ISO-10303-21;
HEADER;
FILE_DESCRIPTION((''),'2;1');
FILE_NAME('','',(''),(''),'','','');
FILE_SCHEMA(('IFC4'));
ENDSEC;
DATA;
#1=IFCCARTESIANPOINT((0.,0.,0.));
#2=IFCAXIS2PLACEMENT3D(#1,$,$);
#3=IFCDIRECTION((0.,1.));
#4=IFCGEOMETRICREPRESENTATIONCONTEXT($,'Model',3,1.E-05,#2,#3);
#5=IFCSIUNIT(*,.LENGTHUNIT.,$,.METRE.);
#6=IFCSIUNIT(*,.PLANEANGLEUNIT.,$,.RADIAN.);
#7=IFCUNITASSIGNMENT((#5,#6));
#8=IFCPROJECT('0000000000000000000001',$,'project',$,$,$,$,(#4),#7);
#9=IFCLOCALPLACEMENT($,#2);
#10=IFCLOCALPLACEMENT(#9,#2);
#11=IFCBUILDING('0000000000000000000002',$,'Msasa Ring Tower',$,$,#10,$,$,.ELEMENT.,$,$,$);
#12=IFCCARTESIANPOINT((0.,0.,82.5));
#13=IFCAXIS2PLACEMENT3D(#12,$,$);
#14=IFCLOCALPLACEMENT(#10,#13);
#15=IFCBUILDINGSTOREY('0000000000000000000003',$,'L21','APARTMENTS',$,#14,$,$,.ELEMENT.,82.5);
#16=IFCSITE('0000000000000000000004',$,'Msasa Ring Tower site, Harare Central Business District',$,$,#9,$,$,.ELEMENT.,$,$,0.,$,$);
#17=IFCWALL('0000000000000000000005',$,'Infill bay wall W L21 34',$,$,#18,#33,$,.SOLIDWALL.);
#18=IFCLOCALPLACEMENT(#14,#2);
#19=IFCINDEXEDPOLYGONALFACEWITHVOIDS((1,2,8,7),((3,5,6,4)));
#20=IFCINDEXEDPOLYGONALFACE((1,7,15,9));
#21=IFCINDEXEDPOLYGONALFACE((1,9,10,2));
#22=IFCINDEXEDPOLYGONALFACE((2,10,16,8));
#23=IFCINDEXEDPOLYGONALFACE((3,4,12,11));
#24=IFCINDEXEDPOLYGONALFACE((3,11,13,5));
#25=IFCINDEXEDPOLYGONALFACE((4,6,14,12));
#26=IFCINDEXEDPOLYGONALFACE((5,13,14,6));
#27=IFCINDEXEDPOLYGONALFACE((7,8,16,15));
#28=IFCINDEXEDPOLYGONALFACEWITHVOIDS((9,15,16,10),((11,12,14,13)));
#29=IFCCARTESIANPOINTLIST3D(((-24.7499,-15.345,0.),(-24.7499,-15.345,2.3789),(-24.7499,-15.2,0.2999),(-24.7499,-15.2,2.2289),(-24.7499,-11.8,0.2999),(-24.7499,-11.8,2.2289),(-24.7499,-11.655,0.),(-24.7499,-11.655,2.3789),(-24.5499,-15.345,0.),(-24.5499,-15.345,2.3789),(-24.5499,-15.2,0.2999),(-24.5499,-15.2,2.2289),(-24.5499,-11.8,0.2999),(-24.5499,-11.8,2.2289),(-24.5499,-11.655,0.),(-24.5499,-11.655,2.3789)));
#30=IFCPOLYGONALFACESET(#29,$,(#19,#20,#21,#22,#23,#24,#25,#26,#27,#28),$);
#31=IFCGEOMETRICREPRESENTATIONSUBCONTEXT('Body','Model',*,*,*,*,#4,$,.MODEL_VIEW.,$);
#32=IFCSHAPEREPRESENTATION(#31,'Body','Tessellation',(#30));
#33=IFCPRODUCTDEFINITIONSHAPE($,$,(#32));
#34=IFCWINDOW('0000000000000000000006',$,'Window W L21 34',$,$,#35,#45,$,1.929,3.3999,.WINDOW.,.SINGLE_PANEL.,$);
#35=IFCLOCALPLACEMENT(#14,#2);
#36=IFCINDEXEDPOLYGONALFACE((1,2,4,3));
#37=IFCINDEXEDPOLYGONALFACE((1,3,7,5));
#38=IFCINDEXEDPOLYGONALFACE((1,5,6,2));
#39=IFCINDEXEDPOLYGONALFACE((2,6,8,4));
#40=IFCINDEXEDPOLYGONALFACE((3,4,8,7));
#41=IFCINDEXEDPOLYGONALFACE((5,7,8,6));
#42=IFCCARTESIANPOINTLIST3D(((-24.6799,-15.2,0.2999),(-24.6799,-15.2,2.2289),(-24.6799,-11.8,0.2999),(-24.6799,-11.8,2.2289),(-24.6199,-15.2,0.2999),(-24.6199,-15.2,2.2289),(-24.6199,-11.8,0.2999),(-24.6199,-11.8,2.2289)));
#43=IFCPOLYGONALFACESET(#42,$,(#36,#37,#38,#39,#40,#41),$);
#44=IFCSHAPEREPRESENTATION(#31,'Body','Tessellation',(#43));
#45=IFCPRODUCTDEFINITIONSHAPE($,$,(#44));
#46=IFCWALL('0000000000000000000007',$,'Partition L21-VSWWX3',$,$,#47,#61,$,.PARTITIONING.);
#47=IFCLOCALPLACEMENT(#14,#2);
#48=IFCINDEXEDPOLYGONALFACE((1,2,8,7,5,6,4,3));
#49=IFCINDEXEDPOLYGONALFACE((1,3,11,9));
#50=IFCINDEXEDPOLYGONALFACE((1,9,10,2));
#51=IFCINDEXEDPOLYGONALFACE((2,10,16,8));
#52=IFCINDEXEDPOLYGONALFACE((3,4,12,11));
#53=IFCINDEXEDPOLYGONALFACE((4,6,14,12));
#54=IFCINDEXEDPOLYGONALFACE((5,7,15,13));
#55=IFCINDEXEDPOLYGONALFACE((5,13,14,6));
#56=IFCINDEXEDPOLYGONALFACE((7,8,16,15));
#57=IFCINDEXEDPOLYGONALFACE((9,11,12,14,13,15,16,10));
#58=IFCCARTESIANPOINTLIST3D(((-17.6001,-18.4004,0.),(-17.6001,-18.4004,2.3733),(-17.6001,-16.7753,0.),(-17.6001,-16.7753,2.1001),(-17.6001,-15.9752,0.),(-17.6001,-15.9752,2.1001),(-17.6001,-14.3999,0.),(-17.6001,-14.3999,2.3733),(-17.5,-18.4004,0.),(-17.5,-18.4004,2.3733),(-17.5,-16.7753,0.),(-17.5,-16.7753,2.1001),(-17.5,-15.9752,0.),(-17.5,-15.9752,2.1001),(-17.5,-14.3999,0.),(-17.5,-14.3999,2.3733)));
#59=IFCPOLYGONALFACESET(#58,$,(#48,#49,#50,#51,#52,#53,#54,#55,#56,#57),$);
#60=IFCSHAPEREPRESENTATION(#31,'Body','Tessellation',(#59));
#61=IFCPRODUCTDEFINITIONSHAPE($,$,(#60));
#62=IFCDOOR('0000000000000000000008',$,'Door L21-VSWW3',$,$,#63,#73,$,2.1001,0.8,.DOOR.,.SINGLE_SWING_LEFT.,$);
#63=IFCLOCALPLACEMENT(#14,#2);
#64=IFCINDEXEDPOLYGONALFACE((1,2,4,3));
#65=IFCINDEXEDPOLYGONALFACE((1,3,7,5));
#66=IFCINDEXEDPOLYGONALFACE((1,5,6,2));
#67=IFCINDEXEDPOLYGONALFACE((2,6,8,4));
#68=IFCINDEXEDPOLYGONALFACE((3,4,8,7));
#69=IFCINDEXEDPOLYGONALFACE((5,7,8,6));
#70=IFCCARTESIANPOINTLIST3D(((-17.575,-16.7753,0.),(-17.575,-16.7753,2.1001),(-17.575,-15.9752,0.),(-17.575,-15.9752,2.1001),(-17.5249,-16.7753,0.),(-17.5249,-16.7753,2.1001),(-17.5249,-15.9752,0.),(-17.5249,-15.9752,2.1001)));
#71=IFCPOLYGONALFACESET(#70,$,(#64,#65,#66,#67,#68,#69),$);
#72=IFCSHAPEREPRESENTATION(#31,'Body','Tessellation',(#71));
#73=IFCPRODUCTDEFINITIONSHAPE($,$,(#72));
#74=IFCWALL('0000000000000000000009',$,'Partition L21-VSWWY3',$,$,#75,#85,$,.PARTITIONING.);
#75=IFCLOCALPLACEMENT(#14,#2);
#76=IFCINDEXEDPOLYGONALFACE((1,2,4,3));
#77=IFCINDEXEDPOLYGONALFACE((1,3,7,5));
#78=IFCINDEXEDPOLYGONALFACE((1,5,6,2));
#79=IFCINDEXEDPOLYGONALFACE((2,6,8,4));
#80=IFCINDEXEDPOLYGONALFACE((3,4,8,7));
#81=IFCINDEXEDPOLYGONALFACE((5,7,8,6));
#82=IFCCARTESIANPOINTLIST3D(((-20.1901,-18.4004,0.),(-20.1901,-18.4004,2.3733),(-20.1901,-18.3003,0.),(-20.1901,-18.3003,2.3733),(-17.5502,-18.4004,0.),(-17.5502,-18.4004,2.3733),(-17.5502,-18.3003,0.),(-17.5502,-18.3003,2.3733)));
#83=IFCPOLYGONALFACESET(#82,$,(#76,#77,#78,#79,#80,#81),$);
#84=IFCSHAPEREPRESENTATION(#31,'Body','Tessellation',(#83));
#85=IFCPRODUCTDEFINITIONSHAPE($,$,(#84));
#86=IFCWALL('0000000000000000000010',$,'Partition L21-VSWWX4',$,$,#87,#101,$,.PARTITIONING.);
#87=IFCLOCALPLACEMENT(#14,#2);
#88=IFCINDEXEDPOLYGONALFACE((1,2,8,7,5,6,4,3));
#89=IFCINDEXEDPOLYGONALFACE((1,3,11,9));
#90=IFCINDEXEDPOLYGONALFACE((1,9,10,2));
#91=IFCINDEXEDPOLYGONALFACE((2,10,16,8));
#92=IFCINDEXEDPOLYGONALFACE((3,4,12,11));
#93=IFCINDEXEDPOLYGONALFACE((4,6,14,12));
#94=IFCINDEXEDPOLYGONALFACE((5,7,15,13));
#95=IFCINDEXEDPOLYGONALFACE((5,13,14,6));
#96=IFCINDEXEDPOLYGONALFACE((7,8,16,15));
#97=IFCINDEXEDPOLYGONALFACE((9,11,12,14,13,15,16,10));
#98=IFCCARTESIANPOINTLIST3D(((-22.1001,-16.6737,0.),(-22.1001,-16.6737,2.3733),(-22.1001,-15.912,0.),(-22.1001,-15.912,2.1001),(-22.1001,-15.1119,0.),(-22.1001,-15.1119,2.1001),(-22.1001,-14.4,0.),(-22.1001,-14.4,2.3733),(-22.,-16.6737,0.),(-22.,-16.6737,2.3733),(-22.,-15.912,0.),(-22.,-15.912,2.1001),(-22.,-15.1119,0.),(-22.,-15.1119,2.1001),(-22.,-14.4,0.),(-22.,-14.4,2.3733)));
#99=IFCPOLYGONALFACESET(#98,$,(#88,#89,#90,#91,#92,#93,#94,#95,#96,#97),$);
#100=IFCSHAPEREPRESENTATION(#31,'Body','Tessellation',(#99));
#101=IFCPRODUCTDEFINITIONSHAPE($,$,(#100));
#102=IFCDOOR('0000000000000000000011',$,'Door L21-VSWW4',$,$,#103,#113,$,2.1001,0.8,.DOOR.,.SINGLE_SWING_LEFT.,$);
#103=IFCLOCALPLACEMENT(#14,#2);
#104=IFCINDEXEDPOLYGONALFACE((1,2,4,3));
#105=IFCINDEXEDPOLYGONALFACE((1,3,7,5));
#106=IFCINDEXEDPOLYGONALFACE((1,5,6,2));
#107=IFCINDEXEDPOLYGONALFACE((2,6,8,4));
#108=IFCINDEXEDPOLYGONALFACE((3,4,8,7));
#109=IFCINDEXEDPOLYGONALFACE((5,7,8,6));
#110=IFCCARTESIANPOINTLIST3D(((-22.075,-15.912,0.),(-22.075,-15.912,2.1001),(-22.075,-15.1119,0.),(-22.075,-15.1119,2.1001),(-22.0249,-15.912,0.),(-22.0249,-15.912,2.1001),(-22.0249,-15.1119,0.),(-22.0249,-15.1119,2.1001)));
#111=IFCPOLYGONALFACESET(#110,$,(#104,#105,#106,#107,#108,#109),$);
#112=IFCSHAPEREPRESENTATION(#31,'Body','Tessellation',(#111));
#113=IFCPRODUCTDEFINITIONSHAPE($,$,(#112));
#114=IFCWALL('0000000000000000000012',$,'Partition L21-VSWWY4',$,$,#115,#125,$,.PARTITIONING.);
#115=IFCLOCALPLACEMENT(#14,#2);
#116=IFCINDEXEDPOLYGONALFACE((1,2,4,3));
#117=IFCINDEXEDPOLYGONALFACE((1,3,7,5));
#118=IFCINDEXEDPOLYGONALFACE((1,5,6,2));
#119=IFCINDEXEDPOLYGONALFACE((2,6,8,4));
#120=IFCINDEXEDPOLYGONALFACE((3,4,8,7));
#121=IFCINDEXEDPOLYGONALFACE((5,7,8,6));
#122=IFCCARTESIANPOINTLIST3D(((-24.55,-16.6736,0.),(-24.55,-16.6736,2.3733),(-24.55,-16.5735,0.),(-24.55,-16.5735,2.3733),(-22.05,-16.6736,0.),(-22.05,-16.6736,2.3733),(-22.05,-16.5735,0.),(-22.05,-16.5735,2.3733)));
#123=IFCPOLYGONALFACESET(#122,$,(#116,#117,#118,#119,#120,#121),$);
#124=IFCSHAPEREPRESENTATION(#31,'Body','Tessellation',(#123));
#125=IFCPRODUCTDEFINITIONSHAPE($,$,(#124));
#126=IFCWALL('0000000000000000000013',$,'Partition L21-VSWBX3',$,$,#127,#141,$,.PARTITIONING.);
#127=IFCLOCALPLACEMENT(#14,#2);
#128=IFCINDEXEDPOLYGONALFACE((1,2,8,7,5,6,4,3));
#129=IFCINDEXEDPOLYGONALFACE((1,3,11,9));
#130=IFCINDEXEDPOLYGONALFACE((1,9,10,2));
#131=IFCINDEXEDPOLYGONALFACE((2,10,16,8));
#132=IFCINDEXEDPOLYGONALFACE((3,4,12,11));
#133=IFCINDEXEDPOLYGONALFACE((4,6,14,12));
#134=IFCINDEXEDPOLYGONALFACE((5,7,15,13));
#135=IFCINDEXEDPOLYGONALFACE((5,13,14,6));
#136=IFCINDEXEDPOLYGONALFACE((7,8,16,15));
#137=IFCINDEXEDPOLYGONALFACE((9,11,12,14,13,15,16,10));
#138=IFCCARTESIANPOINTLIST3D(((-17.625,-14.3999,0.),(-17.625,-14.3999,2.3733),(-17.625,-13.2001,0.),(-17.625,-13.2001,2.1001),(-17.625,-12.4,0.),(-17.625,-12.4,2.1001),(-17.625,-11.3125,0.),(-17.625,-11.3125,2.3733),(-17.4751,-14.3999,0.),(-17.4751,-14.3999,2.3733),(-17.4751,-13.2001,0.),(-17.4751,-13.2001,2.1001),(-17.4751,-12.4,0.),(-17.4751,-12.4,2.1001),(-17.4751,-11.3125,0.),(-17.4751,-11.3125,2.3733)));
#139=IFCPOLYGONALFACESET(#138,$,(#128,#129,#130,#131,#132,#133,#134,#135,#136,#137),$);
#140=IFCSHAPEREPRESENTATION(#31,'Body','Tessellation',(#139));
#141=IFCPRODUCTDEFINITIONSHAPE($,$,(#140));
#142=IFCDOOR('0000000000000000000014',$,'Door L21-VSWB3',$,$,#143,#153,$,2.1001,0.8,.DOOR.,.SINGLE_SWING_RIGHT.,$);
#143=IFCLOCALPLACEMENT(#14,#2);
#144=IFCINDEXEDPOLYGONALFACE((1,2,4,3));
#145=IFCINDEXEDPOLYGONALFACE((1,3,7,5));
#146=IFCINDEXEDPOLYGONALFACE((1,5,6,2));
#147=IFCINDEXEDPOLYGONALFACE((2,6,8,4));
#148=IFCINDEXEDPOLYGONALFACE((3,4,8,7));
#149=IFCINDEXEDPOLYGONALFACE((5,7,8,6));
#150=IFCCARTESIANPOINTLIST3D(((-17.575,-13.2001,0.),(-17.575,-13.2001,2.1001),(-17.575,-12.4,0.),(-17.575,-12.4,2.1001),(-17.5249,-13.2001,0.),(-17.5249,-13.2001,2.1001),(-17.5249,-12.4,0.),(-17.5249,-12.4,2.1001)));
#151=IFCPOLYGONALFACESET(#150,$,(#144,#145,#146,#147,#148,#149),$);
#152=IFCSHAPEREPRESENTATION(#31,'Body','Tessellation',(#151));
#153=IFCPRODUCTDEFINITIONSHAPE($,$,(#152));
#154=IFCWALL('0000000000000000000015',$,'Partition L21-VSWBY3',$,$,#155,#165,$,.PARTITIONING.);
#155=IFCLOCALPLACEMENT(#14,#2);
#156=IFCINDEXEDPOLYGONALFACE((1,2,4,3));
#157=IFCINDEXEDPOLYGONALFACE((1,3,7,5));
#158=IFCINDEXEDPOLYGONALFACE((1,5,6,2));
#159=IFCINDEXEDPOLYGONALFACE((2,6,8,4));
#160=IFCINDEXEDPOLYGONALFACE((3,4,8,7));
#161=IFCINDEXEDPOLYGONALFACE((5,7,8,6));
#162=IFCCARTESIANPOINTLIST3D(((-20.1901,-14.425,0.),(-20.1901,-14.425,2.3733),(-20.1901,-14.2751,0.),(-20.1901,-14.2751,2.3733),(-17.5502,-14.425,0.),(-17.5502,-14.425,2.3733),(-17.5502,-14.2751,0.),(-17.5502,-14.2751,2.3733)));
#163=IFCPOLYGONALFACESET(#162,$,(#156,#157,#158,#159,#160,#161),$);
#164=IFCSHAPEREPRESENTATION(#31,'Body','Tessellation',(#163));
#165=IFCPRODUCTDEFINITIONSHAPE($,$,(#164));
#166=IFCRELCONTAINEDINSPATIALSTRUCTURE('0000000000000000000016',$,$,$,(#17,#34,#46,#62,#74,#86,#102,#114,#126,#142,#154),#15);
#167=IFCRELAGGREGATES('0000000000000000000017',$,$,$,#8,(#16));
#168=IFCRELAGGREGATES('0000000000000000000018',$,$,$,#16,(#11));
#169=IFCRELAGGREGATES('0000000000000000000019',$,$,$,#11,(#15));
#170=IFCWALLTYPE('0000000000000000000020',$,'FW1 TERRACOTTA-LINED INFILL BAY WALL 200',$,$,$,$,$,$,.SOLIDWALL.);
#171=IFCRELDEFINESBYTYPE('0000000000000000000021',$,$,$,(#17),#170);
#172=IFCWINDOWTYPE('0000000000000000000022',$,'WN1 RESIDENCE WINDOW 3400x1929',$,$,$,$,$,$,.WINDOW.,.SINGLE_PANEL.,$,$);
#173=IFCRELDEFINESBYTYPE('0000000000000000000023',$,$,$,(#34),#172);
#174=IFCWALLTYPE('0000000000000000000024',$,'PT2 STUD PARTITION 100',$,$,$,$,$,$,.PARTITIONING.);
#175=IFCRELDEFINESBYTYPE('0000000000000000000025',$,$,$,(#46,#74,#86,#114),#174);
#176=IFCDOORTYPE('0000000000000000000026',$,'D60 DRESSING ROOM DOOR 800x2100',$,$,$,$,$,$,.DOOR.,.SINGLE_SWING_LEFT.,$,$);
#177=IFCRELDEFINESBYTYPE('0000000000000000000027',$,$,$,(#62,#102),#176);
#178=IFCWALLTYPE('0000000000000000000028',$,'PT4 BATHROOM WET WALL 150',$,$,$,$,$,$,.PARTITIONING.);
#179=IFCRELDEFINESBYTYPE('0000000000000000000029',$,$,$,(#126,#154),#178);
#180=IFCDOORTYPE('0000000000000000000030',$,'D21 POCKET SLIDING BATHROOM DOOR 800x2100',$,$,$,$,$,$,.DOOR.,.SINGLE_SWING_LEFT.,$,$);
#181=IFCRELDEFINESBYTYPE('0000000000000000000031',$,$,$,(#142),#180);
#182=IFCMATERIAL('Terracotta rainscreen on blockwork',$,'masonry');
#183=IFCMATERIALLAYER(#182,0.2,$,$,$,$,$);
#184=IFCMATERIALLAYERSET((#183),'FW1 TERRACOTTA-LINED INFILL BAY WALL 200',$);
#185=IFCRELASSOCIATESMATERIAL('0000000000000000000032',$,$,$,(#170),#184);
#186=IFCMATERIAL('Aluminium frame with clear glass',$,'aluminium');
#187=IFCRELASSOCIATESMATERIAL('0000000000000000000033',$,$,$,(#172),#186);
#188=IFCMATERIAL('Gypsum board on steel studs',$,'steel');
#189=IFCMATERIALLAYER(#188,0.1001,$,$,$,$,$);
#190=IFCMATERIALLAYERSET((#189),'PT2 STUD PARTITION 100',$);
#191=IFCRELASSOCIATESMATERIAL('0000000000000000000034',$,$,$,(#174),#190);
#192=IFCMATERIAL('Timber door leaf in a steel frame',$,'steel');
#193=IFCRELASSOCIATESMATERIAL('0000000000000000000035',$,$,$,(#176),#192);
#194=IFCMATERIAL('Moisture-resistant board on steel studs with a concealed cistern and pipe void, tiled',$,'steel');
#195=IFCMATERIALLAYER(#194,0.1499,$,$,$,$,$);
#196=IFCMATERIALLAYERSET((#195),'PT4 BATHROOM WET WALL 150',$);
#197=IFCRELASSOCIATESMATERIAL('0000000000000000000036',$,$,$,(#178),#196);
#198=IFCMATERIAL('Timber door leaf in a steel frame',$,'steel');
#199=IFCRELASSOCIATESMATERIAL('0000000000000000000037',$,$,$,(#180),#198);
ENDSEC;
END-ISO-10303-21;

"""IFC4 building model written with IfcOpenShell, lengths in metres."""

from ifc_helpers import new_model, si_unit, direction, frame, frame_2d, origin, place, context, subcontext, project, spatial, rectangle, extrude, material, layer, layer_set, type_object, element, fill, save


model = new_model("IFC4")

# Units and contexts
model_context = context("Model", 3, precision=1e-05, world=origin(), true_north=direction((0.0, 1.0)))
body_context = subcontext(model_context, "Body", "Model", "MODEL_VIEW")
ifc_project = project(units=[si_unit("LENGTHUNIT", "METRE"), si_unit("PLANEANGLEUNIT", "RADIAN")], contexts=[model_context])

# Site, building, storey
site_placement = place(None, origin())
site = spatial("IfcSite", under=ifc_project, at=site_placement, Name="Msasa Ring Tower site, Harare Central Business District", CompositionType="ELEMENT", RefElevation=0.0)
building_placement = place(site_placement, origin())
building = spatial("IfcBuilding", under=site, at=building_placement, Name="Msasa Ring Tower", CompositionType="ELEMENT")
storey_placement = place(building_placement, frame((0.0, 0.0, 82.5)))
storey = spatial("IfcBuildingStorey", under=building, at=storey_placement, Name="L21", Description="APARTMENTS", CompositionType="ELEMENT", Elevation=82.5)

# Wall, opening, window
ifc_material_1 = material(Name="Terracotta rainscreen on blockwork", Category="masonry")
ifc_layer_1 = layer(ifc_material_1, 0.2)
ifc_layer_set_1 = layer_set([ifc_layer_1], Name="FW1 TERRACOTTA-LINED INFILL BAY WALL 200")
wall_type_1 = type_object("IfcWallType", Name="FW1 TERRACOTTA-LINED INFILL BAY WALL 200", PredefinedType="SOLIDWALL", material=ifc_layer_set_1)
ifc_material_2 = material(Name="Aluminium frame with clear glass", Category="aluminium")
window_type = type_object("IfcWindowType", Name="WN1 RESIDENCE WINDOW 3400x1929", PartitioningType="SINGLE_PANEL", PredefinedType="WINDOW", material=ifc_material_2)
wall_1_placement = place(storey_placement, frame((-24.6499, -15.345, 0.0), z_axis=(0.0, 0.0, 1.0), x_axis=(0.0, 1.0, 0.0)))
wall_1 = element("IfcWall", 1, at=wall_1_placement, inside=storey, type_object=wall_type_1, Name="Infill bay wall W L21 34", PredefinedType="SOLIDWALL", context=body_context, shape_type="SweptSolid", body=[
    extrude(rectangle(XDim=3.6899, YDim=0.2, at=frame_2d((1.845, 0.0))), origin(), (0.0, 0.0, 1.0), 2.3789),
])
opening_1_placement = place(wall_1_placement, frame((0.145, 0.0, 0.3)))
opening_1 = element("IfcOpeningElement", 2, at=opening_1_placement, cuts=wall_1, PredefinedType="OPENING", context=body_context, shape_type="SweptSolid", body=[
    extrude(rectangle(XDim=3.3999, YDim=1.929, at=frame_2d((1.7, 0.9644))), frame((0.0, 0.1099, 0.0), z_axis=(0.0, -1.0, 0.0), x_axis=(1.0, 0.0, 0.0)), (0.0, 0.0, 1.0), 0.22),
])
window_1_placement = place(opening_1_placement, origin())
window_1 = element("IfcWindow", 3, at=window_1_placement, inside=storey, type_object=window_type, Name="Window W L21 34", OverallHeight=1.929, OverallWidth=3.3999, PartitioningType="SINGLE_PANEL", PredefinedType="WINDOW", context=body_context, shape_type="SweptSolid", body=[
    extrude(rectangle(XDim=3.3999, YDim=1.929, at=frame_2d((1.7, 0.9644))), frame((0.0, 0.03, 0.0), z_axis=(0.0, -1.0, 0.0), x_axis=(1.0, 0.0, 0.0)), (0.0, 0.0, 1.0), 0.0601),
])
fill(opening_1, window_1)

# Wall, opening, door
ifc_material_3 = material(Name="Gypsum board on steel studs", Category="steel")
ifc_layer_2 = layer(ifc_material_3, 0.1001)
ifc_layer_set_2 = layer_set([ifc_layer_2], Name="PT2 STUD PARTITION 100")
wall_type_2 = type_object("IfcWallType", Name="PT2 STUD PARTITION 100", PredefinedType="PARTITIONING", material=ifc_layer_set_2)
wall_2_placement = place(storey_placement, frame((-17.55, -18.4004, 0.0), z_axis=(0.0, 0.0, 1.0), x_axis=(0.0, 1.0, 0.0)))
wall_2 = element("IfcWall", 4, at=wall_2_placement, inside=storey, type_object=wall_type_2, Name="Partition L21-VSWWX3", PredefinedType="PARTITIONING", context=body_context, shape_type="SweptSolid", body=[
    extrude(rectangle(XDim=4.0005, YDim=0.1001, at=frame_2d((2.0002, 0.0))), origin(), (0.0, 0.0, 1.0), 2.3733),
])
opening_2_placement = place(wall_2_placement, frame((1.6252, 0.0, 0.0)))
opening_2 = element("IfcOpeningElement", 5, at=opening_2_placement, cuts=wall_2, PredefinedType="OPENING", context=body_context, shape_type="SweptSolid", body=[
    extrude(rectangle(XDim=0.8, YDim=2.1001, at=frame_2d((0.3999, 1.05))), frame((0.0, 0.0601, 0.0), z_axis=(0.0, -1.0, 0.0), x_axis=(1.0, 0.0, 0.0)), (0.0, 0.0, 1.0), 0.1201),
])
ifc_material_4 = material(Name="Timber door leaf in a steel frame", Category="steel")
door_type_1 = type_object("IfcDoorType", Name="D60 DRESSING ROOM DOOR 800x2100", OperationType="SINGLE_SWING_LEFT", PredefinedType="DOOR", material=ifc_material_4)
door_1_placement = place(opening_2_placement, origin())
door_1 = element("IfcDoor", 6, at=door_1_placement, inside=storey, type_object=door_type_1, Name="Door L21-VSWW3", OperationType="SINGLE_SWING_LEFT", OverallHeight=2.1001, OverallWidth=0.8, PredefinedType="DOOR", context=body_context, shape_type="SweptSolid", body=[
    extrude(rectangle(XDim=0.8, YDim=2.1001, at=frame_2d((0.3999, 1.05))), frame((0.0, 0.0249, 0.0), z_axis=(0.0, -1.0, 0.0), x_axis=(1.0, 0.0, 0.0)), (0.0, 0.0, 1.0), 0.05),
])
fill(opening_2, door_1)

# Wall
wall_3_placement = place(storey_placement, frame((-20.1899, -18.3503, 0.0), z_axis=(0.0, 0.0, 1.0), x_axis=(1.0, 0.0, 0.0)))
element("IfcWall", 7, at=wall_3_placement, inside=storey, type_object=wall_type_2, Name="Partition L21-VSWWY3", PredefinedType="PARTITIONING", context=body_context, shape_type="SweptSolid", body=[
    extrude(rectangle(XDim=2.6399, YDim=0.1001, at=frame_2d((1.3198, 0.0))), origin(), (0.0, 0.0, 1.0), 2.3733),
])

# Wall, opening, door
wall_4_placement = place(storey_placement, frame((-22.05, -16.6736, 0.0), z_axis=(0.0, 0.0, 1.0), x_axis=(0.0, 1.0, 0.0)))
wall_4 = element("IfcWall", 8, at=wall_4_placement, inside=storey, type_object=wall_type_2, Name="Partition L21-VSWWX4", PredefinedType="PARTITIONING", context=body_context, shape_type="SweptSolid", body=[
    extrude(rectangle(XDim=2.2737, YDim=0.1001, at=frame_2d((1.1367, 0.0))), origin(), (0.0, 0.0, 1.0), 2.3733),
])
opening_3_placement = place(wall_4_placement, frame((0.7617, 0.0, 0.0)))
opening_3 = element("IfcOpeningElement", 9, at=opening_3_placement, cuts=wall_4, PredefinedType="OPENING", context=body_context, shape_type="SweptSolid", body=[
    extrude(rectangle(XDim=0.8, YDim=2.1001, at=frame_2d((0.3999, 1.05))), frame((0.0, 0.0601, 0.0), z_axis=(0.0, -1.0, 0.0), x_axis=(1.0, 0.0, 0.0)), (0.0, 0.0, 1.0), 0.1201),
])
door_2_placement = place(opening_3_placement, origin())
door_2 = element("IfcDoor", 10, at=door_2_placement, inside=storey, type_object=door_type_1, Name="Door L21-VSWW4", OperationType="SINGLE_SWING_LEFT", OverallHeight=2.1001, OverallWidth=0.8, PredefinedType="DOOR", context=body_context, shape_type="SweptSolid", body=[
    extrude(rectangle(XDim=0.8, YDim=2.1001, at=frame_2d((0.3999, 1.05))), frame((0.0, 0.0249, 0.0), z_axis=(0.0, -1.0, 0.0), x_axis=(1.0, 0.0, 0.0)), (0.0, 0.0, 1.0), 0.05),
])
fill(opening_3, door_2)

# Wall
wall_5_placement = place(storey_placement, frame((-24.55, -16.6235, 0.0), z_axis=(0.0, 0.0, 1.0), x_axis=(1.0, 0.0, 0.0)))
element("IfcWall", 11, at=wall_5_placement, inside=storey, type_object=wall_type_2, Name="Partition L21-VSWWY4", PredefinedType="PARTITIONING", context=body_context, shape_type="SweptSolid", body=[
    extrude(rectangle(XDim=2.5, YDim=0.1001, at=frame_2d((1.25, 0.0))), origin(), (0.0, 0.0, 1.0), 2.3733),
])

# Wall, opening, door
ifc_material_5 = material(Name="Moisture-resistant board on steel studs with a concealed cistern and pipe void, tiled", Category="steel")
ifc_layer_3 = layer(ifc_material_5, 0.1499)
ifc_layer_set_3 = layer_set([ifc_layer_3], Name="PT4 BATHROOM WET WALL 150")
wall_type_3 = type_object("IfcWallType", Name="PT4 BATHROOM WET WALL 150", PredefinedType="PARTITIONING", material=ifc_layer_set_3)
wall_6_placement = place(storey_placement, frame((-17.55, -14.3999, 0.0), z_axis=(0.0, 0.0, 1.0), x_axis=(0.0, 1.0, 0.0)))
wall_6 = element("IfcWall", 12, at=wall_6_placement, inside=storey, type_object=wall_type_3, Name="Partition L21-VSWBX3", PredefinedType="PARTITIONING", context=body_context, shape_type="SweptSolid", body=[
    extrude(rectangle(XDim=3.0874, YDim=0.1499, at=frame_2d((1.5437, 0.0))), origin(), (0.0, 0.0, 1.0), 2.3733),
])
opening_4_placement = place(wall_6_placement, frame((1.2, 0.0, 0.0)))
opening_4 = element("IfcOpeningElement", 13, at=opening_4_placement, cuts=wall_6, PredefinedType="OPENING", context=body_context, shape_type="SweptSolid", body=[
    extrude(rectangle(XDim=0.8, YDim=2.1001, at=frame_2d((0.3999, 1.05))), frame((0.0, 0.085, 0.0), z_axis=(0.0, -1.0, 0.0), x_axis=(1.0, 0.0, 0.0)), (0.0, 0.0, 1.0), 0.1699),
])
ifc_material_6 = material(Name="Timber door leaf in a steel frame", Category="steel")
door_type_2 = type_object("IfcDoorType", Name="D21 POCKET SLIDING BATHROOM DOOR 800x2100", OperationType="SINGLE_SWING_LEFT", PredefinedType="DOOR", material=ifc_material_6)
door_3_placement = place(opening_4_placement, origin())
door_3 = element("IfcDoor", 14, at=door_3_placement, inside=storey, type_object=door_type_2, Name="Door L21-VSWB3", OperationType="SINGLE_SWING_RIGHT", OverallHeight=2.1001, OverallWidth=0.8, PredefinedType="DOOR", context=body_context, shape_type="SweptSolid", body=[
    extrude(rectangle(XDim=0.8, YDim=2.1001, at=frame_2d((0.3999, 1.05))), frame((0.0, 0.0249, 0.0), z_axis=(0.0, -1.0, 0.0), x_axis=(1.0, 0.0, 0.0)), (0.0, 0.0, 1.0), 0.05),
])
fill(opening_4, door_3)

# Wall
wall_7_placement = place(storey_placement, frame((-20.1899, -14.3501, 0.0), z_axis=(0.0, 0.0, 1.0), x_axis=(1.0, 0.0, 0.0)))
element("IfcWall", 15, at=wall_7_placement, inside=storey, type_object=wall_type_3, Name="Partition L21-VSWBY3", PredefinedType="PARTITIONING", context=body_context, shape_type="SweptSolid", body=[
    extrude(rectangle(XDim=2.6399, YDim=0.1499, at=frame_2d((1.3198, 0.0))), origin(), (0.0, 0.0, 1.0), 2.3733),
])

save(model, "model.ifc")
